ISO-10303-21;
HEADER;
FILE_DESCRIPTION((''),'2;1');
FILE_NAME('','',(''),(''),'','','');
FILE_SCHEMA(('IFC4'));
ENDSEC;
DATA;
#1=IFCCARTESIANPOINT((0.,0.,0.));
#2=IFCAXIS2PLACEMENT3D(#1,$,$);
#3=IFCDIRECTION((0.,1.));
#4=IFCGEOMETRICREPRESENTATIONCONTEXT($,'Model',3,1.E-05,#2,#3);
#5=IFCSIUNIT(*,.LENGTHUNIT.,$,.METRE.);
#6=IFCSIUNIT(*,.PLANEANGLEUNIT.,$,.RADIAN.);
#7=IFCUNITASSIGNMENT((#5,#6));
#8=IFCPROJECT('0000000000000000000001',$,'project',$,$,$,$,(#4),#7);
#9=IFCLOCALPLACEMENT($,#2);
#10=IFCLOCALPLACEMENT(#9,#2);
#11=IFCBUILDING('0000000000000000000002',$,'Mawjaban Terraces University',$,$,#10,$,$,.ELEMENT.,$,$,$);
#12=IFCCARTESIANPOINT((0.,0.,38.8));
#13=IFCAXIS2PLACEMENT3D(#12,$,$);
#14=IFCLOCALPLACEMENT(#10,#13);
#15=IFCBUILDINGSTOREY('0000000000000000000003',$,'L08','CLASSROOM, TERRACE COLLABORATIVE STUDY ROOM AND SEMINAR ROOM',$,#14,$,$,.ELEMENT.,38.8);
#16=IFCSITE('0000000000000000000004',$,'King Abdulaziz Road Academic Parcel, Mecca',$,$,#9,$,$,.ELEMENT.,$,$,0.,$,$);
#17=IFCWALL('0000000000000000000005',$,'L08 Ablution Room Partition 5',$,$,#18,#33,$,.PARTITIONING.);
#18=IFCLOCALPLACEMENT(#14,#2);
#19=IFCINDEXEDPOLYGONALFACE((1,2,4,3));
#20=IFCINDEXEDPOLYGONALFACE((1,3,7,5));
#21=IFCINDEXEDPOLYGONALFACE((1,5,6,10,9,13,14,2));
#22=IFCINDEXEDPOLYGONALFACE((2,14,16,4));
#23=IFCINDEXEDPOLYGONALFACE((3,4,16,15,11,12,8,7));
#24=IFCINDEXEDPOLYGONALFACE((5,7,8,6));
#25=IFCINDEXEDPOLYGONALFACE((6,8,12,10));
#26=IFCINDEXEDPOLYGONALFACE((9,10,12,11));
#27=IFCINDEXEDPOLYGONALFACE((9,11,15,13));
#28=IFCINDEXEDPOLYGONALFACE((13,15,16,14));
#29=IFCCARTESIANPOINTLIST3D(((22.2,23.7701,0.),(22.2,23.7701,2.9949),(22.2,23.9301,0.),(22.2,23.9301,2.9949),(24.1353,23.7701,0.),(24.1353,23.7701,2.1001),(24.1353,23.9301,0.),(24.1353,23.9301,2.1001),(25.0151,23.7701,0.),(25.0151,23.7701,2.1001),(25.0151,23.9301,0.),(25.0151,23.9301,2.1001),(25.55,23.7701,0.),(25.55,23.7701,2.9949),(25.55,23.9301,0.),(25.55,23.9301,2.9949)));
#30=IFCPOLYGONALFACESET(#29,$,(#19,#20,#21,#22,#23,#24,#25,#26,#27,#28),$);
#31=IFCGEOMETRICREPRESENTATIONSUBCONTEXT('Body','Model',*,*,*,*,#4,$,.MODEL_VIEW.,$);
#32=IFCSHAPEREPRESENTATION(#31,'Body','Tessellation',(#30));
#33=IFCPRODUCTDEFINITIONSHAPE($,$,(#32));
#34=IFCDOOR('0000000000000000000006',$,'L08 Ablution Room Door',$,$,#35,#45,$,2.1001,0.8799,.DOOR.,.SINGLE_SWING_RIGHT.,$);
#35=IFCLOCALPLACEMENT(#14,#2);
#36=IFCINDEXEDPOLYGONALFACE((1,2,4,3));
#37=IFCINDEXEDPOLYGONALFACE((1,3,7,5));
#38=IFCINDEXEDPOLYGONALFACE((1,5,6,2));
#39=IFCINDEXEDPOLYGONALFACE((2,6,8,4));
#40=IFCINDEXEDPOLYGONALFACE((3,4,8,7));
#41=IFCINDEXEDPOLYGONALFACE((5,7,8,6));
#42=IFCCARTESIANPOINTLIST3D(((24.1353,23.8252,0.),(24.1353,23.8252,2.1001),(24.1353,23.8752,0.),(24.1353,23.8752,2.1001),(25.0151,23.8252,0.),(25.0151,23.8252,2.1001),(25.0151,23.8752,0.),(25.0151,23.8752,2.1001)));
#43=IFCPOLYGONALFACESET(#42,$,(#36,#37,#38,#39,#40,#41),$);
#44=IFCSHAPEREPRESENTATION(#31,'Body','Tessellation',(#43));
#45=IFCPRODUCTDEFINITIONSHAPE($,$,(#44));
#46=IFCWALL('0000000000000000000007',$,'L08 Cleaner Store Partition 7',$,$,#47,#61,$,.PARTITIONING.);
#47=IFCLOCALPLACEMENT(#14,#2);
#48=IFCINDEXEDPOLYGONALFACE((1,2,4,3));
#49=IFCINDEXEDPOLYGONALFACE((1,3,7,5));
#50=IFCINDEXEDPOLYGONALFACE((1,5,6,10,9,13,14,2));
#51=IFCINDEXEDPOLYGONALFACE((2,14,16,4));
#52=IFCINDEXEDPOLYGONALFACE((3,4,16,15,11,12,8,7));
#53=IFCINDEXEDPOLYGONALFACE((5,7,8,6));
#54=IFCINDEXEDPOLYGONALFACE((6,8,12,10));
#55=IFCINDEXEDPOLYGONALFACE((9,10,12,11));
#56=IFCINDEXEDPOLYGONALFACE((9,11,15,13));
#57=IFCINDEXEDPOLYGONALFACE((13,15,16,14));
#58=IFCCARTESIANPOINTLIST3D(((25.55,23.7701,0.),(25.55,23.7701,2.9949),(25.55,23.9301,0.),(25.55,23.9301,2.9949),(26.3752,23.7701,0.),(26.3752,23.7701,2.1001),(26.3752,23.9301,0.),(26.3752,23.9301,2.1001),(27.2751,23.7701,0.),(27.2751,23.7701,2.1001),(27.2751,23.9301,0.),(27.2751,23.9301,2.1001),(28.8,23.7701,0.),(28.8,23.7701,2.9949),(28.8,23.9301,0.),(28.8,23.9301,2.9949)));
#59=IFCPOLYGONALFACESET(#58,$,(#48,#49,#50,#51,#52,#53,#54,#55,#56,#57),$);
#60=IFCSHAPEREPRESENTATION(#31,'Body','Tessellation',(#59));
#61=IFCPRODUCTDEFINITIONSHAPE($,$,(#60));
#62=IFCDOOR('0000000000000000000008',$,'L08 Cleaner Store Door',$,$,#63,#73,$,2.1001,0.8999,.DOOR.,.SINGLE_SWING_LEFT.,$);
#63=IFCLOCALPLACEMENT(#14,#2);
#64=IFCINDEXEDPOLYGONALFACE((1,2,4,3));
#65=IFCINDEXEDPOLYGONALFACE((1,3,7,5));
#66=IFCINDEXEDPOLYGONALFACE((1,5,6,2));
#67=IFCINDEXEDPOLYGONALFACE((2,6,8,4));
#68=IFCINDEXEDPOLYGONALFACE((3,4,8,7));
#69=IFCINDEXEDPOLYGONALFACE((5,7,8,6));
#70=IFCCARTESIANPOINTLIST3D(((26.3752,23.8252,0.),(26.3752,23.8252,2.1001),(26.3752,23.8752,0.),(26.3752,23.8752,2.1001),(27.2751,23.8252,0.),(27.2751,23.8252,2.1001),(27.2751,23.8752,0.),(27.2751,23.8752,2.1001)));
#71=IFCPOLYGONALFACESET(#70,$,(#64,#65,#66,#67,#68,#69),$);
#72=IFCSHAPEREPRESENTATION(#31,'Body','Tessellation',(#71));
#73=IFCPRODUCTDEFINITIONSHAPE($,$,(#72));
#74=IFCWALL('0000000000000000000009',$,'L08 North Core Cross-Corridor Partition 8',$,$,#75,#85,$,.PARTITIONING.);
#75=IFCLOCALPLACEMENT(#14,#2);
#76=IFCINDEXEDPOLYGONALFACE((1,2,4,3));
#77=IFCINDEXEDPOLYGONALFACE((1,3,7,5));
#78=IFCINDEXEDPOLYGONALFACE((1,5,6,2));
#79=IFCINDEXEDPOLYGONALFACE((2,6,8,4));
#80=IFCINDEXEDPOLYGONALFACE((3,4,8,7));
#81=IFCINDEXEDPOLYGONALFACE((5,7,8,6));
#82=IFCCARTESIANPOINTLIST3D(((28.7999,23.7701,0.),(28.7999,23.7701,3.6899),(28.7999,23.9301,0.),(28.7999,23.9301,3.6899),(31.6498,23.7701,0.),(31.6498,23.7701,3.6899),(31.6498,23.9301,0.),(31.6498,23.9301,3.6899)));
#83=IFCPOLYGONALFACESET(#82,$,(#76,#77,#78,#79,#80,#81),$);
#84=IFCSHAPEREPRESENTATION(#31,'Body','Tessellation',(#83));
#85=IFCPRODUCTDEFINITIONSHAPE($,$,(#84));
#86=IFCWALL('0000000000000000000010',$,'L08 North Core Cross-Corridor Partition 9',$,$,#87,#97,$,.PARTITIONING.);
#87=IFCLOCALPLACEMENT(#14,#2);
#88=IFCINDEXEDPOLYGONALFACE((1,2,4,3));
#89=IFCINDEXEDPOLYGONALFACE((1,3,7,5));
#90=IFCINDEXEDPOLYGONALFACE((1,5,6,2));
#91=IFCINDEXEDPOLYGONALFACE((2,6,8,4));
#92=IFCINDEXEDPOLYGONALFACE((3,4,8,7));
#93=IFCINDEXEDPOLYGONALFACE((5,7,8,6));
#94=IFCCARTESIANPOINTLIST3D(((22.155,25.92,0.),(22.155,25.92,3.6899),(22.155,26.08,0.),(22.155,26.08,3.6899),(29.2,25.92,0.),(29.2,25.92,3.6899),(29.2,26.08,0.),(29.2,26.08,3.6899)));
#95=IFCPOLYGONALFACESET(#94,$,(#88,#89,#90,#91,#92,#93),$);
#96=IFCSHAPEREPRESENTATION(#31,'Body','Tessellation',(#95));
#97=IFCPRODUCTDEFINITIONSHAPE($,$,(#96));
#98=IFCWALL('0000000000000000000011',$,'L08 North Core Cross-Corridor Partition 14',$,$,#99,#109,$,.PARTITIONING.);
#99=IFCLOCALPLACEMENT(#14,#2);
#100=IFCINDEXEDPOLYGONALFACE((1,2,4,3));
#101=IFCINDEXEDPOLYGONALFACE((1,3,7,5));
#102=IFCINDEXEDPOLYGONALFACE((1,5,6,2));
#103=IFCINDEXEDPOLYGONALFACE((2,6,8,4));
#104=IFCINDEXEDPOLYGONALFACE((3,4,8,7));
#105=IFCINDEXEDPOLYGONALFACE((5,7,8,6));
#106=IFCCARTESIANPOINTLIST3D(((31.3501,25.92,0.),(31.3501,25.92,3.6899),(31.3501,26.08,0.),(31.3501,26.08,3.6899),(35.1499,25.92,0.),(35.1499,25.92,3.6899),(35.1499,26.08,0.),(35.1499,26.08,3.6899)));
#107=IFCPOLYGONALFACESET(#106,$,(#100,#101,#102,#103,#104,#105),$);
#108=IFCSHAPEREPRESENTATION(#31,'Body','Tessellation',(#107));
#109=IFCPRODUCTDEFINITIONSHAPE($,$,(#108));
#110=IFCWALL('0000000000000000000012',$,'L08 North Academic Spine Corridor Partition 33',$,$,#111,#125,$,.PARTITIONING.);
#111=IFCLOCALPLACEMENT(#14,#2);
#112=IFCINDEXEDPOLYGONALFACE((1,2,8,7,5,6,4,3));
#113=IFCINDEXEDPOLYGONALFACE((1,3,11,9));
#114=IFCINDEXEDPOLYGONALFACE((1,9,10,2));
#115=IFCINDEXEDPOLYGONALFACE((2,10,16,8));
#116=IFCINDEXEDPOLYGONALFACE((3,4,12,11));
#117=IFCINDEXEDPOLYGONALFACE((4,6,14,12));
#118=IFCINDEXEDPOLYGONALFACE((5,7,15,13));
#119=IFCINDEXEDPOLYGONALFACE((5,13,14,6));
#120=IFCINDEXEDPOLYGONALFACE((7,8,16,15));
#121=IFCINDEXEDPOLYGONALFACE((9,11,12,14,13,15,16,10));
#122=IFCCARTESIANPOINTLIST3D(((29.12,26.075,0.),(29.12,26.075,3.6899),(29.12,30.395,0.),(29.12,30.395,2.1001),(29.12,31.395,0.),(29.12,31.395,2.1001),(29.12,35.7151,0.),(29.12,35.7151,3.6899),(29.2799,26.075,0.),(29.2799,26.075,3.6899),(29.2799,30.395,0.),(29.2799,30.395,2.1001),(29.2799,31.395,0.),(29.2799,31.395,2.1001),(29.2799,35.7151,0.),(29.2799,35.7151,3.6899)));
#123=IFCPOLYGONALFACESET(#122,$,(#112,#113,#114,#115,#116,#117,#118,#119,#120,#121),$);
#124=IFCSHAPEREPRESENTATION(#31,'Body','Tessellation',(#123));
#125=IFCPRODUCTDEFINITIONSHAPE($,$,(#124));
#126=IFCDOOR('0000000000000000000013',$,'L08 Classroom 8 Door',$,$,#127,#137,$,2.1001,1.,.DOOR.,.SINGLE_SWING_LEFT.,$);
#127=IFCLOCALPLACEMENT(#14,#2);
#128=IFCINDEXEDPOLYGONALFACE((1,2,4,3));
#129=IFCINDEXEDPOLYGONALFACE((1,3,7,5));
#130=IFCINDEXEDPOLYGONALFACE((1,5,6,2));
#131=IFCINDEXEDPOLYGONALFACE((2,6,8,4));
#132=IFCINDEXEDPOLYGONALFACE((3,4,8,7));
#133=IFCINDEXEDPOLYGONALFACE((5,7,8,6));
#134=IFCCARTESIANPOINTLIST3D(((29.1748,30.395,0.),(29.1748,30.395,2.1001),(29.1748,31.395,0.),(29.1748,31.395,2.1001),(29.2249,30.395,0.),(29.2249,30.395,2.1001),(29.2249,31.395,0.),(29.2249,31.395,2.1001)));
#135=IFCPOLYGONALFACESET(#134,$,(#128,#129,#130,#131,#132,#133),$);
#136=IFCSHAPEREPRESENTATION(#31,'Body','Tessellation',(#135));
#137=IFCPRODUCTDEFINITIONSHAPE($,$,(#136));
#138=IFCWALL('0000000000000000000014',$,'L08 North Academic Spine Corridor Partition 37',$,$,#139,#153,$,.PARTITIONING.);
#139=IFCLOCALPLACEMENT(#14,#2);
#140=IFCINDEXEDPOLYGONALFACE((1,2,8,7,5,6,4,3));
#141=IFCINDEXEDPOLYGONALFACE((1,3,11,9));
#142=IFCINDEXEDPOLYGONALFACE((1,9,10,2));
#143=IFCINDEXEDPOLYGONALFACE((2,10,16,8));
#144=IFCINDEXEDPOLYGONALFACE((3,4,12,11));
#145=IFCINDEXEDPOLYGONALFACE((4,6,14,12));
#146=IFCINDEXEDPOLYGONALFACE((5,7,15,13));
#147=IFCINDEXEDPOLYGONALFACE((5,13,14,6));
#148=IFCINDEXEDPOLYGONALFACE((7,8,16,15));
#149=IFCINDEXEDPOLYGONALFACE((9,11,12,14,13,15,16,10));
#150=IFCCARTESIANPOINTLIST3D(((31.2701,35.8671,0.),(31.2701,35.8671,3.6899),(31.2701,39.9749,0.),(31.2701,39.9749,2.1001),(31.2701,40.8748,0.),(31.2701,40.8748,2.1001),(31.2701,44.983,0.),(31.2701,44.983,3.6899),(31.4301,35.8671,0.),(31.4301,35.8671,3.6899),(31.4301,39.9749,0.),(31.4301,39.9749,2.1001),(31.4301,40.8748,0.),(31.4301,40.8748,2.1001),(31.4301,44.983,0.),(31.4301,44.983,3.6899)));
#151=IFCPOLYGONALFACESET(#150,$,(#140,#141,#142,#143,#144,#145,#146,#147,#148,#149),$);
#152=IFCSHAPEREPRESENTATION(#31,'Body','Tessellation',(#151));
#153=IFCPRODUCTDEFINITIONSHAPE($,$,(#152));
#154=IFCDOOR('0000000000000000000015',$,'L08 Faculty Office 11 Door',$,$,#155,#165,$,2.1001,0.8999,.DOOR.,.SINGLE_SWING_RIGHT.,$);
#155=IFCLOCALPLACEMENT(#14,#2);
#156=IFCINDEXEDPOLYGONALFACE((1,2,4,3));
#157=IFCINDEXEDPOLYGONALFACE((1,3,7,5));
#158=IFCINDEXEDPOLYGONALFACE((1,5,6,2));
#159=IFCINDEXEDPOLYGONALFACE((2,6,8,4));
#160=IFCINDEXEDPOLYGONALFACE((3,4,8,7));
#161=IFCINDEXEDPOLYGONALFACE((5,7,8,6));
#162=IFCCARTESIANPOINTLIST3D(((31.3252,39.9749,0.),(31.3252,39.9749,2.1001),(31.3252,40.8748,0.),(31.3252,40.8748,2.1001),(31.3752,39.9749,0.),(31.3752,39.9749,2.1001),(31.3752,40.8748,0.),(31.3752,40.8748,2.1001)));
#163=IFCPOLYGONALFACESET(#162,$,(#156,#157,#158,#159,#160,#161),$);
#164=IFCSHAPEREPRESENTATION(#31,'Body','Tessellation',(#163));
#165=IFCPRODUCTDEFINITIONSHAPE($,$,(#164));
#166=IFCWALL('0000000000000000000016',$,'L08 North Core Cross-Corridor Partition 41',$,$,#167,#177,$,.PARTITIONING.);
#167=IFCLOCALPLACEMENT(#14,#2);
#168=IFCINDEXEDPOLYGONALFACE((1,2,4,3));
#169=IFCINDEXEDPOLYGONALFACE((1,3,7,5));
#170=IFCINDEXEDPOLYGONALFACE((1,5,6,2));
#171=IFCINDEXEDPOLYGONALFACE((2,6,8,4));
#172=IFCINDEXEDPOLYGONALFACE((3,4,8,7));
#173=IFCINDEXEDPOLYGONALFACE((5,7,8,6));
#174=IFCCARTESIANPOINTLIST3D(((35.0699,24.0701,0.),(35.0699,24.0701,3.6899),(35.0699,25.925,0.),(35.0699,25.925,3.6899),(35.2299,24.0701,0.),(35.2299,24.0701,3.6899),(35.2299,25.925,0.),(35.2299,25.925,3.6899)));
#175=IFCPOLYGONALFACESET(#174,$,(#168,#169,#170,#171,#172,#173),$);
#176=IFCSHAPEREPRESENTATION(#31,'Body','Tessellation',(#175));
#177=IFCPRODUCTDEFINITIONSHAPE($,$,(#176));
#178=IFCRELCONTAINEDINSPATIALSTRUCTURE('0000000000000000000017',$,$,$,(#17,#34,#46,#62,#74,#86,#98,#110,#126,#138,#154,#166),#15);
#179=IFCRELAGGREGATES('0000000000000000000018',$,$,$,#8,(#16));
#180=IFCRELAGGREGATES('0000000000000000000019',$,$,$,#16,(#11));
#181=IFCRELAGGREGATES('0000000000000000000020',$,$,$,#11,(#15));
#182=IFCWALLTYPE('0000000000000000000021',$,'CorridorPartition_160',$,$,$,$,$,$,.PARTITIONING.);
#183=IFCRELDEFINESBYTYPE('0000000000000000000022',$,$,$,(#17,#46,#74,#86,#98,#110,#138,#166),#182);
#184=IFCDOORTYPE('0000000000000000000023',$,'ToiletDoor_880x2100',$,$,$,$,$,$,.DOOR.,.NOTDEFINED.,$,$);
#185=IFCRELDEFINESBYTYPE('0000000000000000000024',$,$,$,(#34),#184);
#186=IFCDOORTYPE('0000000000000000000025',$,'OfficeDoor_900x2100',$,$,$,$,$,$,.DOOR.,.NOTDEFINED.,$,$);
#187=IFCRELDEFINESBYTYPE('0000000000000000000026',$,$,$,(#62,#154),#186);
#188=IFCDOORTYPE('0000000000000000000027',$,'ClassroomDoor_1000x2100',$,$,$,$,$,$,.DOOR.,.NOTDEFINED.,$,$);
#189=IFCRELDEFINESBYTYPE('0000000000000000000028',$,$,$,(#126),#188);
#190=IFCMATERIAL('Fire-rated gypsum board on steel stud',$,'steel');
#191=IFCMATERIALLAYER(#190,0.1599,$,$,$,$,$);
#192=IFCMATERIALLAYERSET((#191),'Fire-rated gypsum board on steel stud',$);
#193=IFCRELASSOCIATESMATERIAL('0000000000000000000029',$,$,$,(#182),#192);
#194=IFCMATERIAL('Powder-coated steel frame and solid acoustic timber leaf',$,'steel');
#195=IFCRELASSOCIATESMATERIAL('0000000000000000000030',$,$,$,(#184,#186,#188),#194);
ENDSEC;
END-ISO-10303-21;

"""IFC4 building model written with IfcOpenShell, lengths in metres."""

from ifc_helpers import new_model, si_unit, direction, frame, frame_2d, origin, place, context, subcontext, project, spatial, rectangle, extrude, material, layer, layer_set, type_object, element, fill, save


model = new_model("IFC4")

# Units and contexts
model_context = context("Model", 3, precision=1e-05, world=origin(), true_north=direction((0.0, 1.0)))
body_context = subcontext(model_context, "Body", "Model", "MODEL_VIEW")
ifc_project = project(units=[si_unit("LENGTHUNIT", "METRE"), si_unit("PLANEANGLEUNIT", "RADIAN")], contexts=[model_context])

# Site, building, storey
site_placement = place(None, origin())
site = spatial("IfcSite", under=ifc_project, at=site_placement, Name="King Abdulaziz Road Academic Parcel, Mecca", CompositionType="ELEMENT", RefElevation=0.0)
building_placement = place(site_placement, origin())
building = spatial("IfcBuilding", under=site, at=building_placement, Name="Mawjaban Terraces University", CompositionType="ELEMENT")
storey_placement = place(building_placement, frame((0.0, 0.0, 38.8)))
storey = spatial("IfcBuildingStorey", under=building, at=storey_placement, Name="L08", Description="CLASSROOM, TERRACE COLLABORATIVE STUDY ROOM AND SEMINAR ROOM", CompositionType="ELEMENT", Elevation=38.8)

# Walls, openings, doors
ifc_material_1 = material(Name="Fire-rated gypsum board on steel stud", Category="steel")
ifc_layer_1 = layer(ifc_material_1, 0.1599)
ifc_layer_set_1 = layer_set([ifc_layer_1], Name="Fire-rated gypsum board on steel stud")
wall_type_1 = type_object("IfcWallType", Name="CorridorPartition_160", PredefinedType="PARTITIONING", material=ifc_layer_set_1)
wall_1_placement = place(storey_placement, frame((25.55, 23.8501, 0.0), z_axis=(0.0, 0.0, 1.0), x_axis=(-1.0, 0.0, 0.0)))
wall_1 = element("IfcWall", 1, at=wall_1_placement, inside=storey, type_object=wall_type_1, Name="L08 Ablution Room Partition 5", PredefinedType="PARTITIONING", context=body_context, shape_type="SweptSolid", body=[
    extrude(rectangle(XDim=3.3501, YDim=0.1599, at=frame_2d((1.675, 0.0))), origin(), (0.0, 0.0, 1.0), 2.9949),
])
opening_1_placement = place(wall_1_placement, frame((0.5349, 0.0, 0.0)))
opening_1 = element("IfcOpeningElement", 2, at=opening_1_placement, cuts=wall_1, PredefinedType="OPENING", context=body_context, shape_type="SweptSolid", body=[
    extrude(rectangle(XDim=0.8799, YDim=2.1001, at=frame_2d((0.4399, 1.05))), frame((0.0, 0.0898, 0.0), z_axis=(0.0, -1.0, 0.0), x_axis=(1.0, 0.0, 0.0)), (0.0, 0.0, 1.0), 0.1799),
])
ifc_material_2 = material(Name="Powder-coated steel frame and solid acoustic timber leaf", Category="steel")
door_type_1 = type_object("IfcDoorType", Name="ToiletDoor_880x2100", OperationType="NOTDEFINED", PredefinedType="DOOR", material=ifc_material_2)
door_1_placement = place(opening_1_placement, origin())
door_1 = element("IfcDoor", 3, at=door_1_placement, inside=storey, type_object=door_type_1, Name="L08 Ablution Room Door", OperationType="SINGLE_SWING_RIGHT", OverallHeight=2.1001, OverallWidth=0.8799, PredefinedType="DOOR", context=body_context, shape_type="SweptSolid", body=[
    extrude(rectangle(XDim=0.8799, YDim=2.1001, at=frame_2d((0.4399, 1.05))), frame((0.0, 0.0249, 0.0), z_axis=(0.0, -1.0, 0.0), x_axis=(1.0, 0.0, 0.0)), (0.0, 0.0, 1.0), 0.05),
])
fill(opening_1, door_1)
wall_2_placement = place(storey_placement, frame((28.8, 23.8501, 0.0), z_axis=(0.0, 0.0, 1.0), x_axis=(-1.0, 0.0, 0.0)))
wall_2 = element("IfcWall", 4, at=wall_2_placement, inside=storey, type_object=wall_type_1, Name="L08 Cleaner Store Partition 7", PredefinedType="PARTITIONING", context=body_context, shape_type="SweptSolid", body=[
    extrude(rectangle(XDim=3.25, YDim=0.1599, at=frame_2d((1.625, 0.0))), origin(), (0.0, 0.0, 1.0), 2.9949),
])
opening_2_placement = place(wall_2_placement, frame((1.5249, 0.0, 0.0)))
opening_2 = element("IfcOpeningElement", 5, at=opening_2_placement, cuts=wall_2, PredefinedType="OPENING", context=body_context, shape_type="SweptSolid", body=[
    extrude(rectangle(XDim=0.8999, YDim=2.1001, at=frame_2d((0.45, 1.05))), frame((0.0, 0.0898, 0.0), z_axis=(0.0, -1.0, 0.0), x_axis=(1.0, 0.0, 0.0)), (0.0, 0.0, 1.0), 0.1799),
])
door_type_2 = type_object("IfcDoorType", Name="OfficeDoor_900x2100", OperationType="NOTDEFINED", PredefinedType="DOOR", material=ifc_material_2)
door_2_placement = place(opening_2_placement, origin())
door_2 = element("IfcDoor", 6, at=door_2_placement, inside=storey, type_object=door_type_2, Name="L08 Cleaner Store Door", OperationType="SINGLE_SWING_LEFT", OverallHeight=2.1001, OverallWidth=0.8999, PredefinedType="DOOR", context=body_context, shape_type="SweptSolid", body=[
    extrude(rectangle(XDim=0.8999, YDim=2.1001, at=frame_2d((0.45, 1.05))), frame((0.0, 0.0249, 0.0), z_axis=(0.0, -1.0, 0.0), x_axis=(1.0, 0.0, 0.0)), (0.0, 0.0, 1.0), 0.05),
])
fill(opening_2, door_2)

# Walls
wall_3_placement = place(storey_placement, frame((28.8, 23.8501, 0.0), z_axis=(0.0, 0.0, 1.0), x_axis=(1.0, 0.0, 0.0)))
element("IfcWall", 7, at=wall_3_placement, inside=storey, type_object=wall_type_1, Name="L08 North Core Cross-Corridor Partition 8", PredefinedType="PARTITIONING", context=body_context, shape_type="SweptSolid", body=[
    extrude(rectangle(XDim=2.8499, YDim=0.1599, at=frame_2d((1.4248, 0.0))), origin(), (0.0, 0.0, 1.0), 3.6899),
])
wall_4_placement = place(storey_placement, frame((29.2, 26.0, 0.0), z_axis=(0.0, 0.0, 1.0), x_axis=(-1.0, 0.0, 0.0)))
element("IfcWall", 8, at=wall_4_placement, inside=storey, type_object=wall_type_1, Name="L08 North Core Cross-Corridor Partition 9", PredefinedType="PARTITIONING", context=body_context, shape_type="SweptSolid", body=[
    extrude(rectangle(XDim=7.0449, YDim=0.1599, at=frame_2d((3.5225, 0.0))), origin(), (0.0, 0.0, 1.0), 3.6899),
])
wall_5_placement = place(storey_placement, frame((35.1499, 26.0, 0.0), z_axis=(0.0, 0.0, 1.0), x_axis=(-1.0, 0.0, 0.0)))
element("IfcWall", 9, at=wall_5_placement, inside=storey, type_object=wall_type_1, Name="L08 North Core Cross-Corridor Partition 14", PredefinedType="PARTITIONING", context=body_context, shape_type="SweptSolid", body=[
    extrude(rectangle(XDim=3.7998, YDim=0.1599, at=frame_2d((1.8999, 0.0))), origin(), (0.0, 0.0, 1.0), 3.6899),
])

# Walls, openings, doors
wall_6_placement = place(storey_placement, frame((29.2, 35.7151, 0.0), z_axis=(0.0, 0.0, 1.0), x_axis=(0.0, -1.0, 0.0)))
wall_6 = element("IfcWall", 10, at=wall_6_placement, inside=storey, type_object=wall_type_1, Name="L08 North Academic Spine Corridor Partition 33", PredefinedType="PARTITIONING", context=body_context, shape_type="SweptSolid", body=[
    extrude(rectangle(XDim=9.6401, YDim=0.1599, at=frame_2d((4.8201, 0.0))), origin(), (0.0, 0.0, 1.0), 3.6899),
])
opening_3_placement = place(wall_6_placement, frame((4.3201, 0.0, 0.0)))
opening_3 = element("IfcOpeningElement", 11, at=opening_3_placement, cuts=wall_6, PredefinedType="OPENING", context=body_context, shape_type="SweptSolid", body=[
    extrude(rectangle(XDim=1.0, YDim=2.1001, at=frame_2d((0.5, 1.05))), frame((0.0, 0.0898, 0.0), z_axis=(0.0, -1.0, 0.0), x_axis=(1.0, 0.0, 0.0)), (0.0, 0.0, 1.0), 0.1799),
])
door_type_3 = type_object("IfcDoorType", Name="ClassroomDoor_1000x2100", OperationType="NOTDEFINED", PredefinedType="DOOR", material=ifc_material_2)
door_3_placement = place(opening_3_placement, origin())
door_3 = element("IfcDoor", 12, at=door_3_placement, inside=storey, type_object=door_type_3, Name="L08 Classroom 8 Door", OperationType="SINGLE_SWING_LEFT", OverallHeight=2.1001, OverallWidth=1.0, PredefinedType="DOOR", context=body_context, shape_type="SweptSolid", body=[
    extrude(rectangle(XDim=1.0, YDim=2.1001, at=frame_2d((0.5, 1.05))), frame((0.0, 0.0249, 0.0), z_axis=(0.0, -1.0, 0.0), x_axis=(1.0, 0.0, 0.0)), (0.0, 0.0, 1.0), 0.05),
])
fill(opening_3, door_3)
wall_7_placement = place(storey_placement, frame((31.3501, 35.8669, 0.0), z_axis=(0.0, 0.0, 1.0), x_axis=(0.0, 1.0, 0.0)))
wall_7 = element("IfcWall", 13, at=wall_7_placement, inside=storey, type_object=wall_type_1, Name="L08 North Academic Spine Corridor Partition 37", PredefinedType="PARTITIONING", context=body_context, shape_type="SweptSolid", body=[
    extrude(rectangle(XDim=9.116, YDim=0.1599, at=frame_2d((4.5581, 0.0))), origin(), (0.0, 0.0, 1.0), 3.6899),
])
opening_4_placement = place(wall_7_placement, frame((4.1079, 0.0, 0.0)))
opening_4 = element("IfcOpeningElement", 14, at=opening_4_placement, cuts=wall_7, PredefinedType="OPENING", context=body_context, shape_type="SweptSolid", body=[
    extrude(rectangle(XDim=0.8999, YDim=2.1001, at=frame_2d((0.45, 1.05))), frame((0.0, 0.0898, 0.0), z_axis=(0.0, -1.0, 0.0), x_axis=(1.0, 0.0, 0.0)), (0.0, 0.0, 1.0), 0.1799),
])
door_4_placement = place(opening_4_placement, origin())
door_4 = element("IfcDoor", 15, at=door_4_placement, inside=storey, type_object=door_type_2, Name="L08 Faculty Office 11 Door", OperationType="SINGLE_SWING_RIGHT", OverallHeight=2.1001, OverallWidth=0.8999, PredefinedType="DOOR", context=body_context, shape_type="SweptSolid", body=[
    extrude(rectangle(XDim=0.8999, YDim=2.1001, at=frame_2d((0.45, 1.05))), frame((0.0, 0.0249, 0.0), z_axis=(0.0, -1.0, 0.0), x_axis=(1.0, 0.0, 0.0)), (0.0, 0.0, 1.0), 0.05),
])
fill(opening_4, door_4)

# Wall
wall_8_placement = place(storey_placement, frame((35.1499, 24.0701, 0.0), z_axis=(0.0, 0.0, 1.0), x_axis=(0.0, 1.0, 0.0)))
element("IfcWall", 16, at=wall_8_placement, inside=storey, type_object=wall_type_1, Name="L08 North Core Cross-Corridor Partition 41", PredefinedType="PARTITIONING", context=body_context, shape_type="SweptSolid", body=[
    extrude(rectangle(XDim=1.855, YDim=0.1599, at=frame_2d((0.9275, 0.0))), origin(), (0.0, 0.0, 1.0), 3.6899),
])

save(model, "model.ifc")
